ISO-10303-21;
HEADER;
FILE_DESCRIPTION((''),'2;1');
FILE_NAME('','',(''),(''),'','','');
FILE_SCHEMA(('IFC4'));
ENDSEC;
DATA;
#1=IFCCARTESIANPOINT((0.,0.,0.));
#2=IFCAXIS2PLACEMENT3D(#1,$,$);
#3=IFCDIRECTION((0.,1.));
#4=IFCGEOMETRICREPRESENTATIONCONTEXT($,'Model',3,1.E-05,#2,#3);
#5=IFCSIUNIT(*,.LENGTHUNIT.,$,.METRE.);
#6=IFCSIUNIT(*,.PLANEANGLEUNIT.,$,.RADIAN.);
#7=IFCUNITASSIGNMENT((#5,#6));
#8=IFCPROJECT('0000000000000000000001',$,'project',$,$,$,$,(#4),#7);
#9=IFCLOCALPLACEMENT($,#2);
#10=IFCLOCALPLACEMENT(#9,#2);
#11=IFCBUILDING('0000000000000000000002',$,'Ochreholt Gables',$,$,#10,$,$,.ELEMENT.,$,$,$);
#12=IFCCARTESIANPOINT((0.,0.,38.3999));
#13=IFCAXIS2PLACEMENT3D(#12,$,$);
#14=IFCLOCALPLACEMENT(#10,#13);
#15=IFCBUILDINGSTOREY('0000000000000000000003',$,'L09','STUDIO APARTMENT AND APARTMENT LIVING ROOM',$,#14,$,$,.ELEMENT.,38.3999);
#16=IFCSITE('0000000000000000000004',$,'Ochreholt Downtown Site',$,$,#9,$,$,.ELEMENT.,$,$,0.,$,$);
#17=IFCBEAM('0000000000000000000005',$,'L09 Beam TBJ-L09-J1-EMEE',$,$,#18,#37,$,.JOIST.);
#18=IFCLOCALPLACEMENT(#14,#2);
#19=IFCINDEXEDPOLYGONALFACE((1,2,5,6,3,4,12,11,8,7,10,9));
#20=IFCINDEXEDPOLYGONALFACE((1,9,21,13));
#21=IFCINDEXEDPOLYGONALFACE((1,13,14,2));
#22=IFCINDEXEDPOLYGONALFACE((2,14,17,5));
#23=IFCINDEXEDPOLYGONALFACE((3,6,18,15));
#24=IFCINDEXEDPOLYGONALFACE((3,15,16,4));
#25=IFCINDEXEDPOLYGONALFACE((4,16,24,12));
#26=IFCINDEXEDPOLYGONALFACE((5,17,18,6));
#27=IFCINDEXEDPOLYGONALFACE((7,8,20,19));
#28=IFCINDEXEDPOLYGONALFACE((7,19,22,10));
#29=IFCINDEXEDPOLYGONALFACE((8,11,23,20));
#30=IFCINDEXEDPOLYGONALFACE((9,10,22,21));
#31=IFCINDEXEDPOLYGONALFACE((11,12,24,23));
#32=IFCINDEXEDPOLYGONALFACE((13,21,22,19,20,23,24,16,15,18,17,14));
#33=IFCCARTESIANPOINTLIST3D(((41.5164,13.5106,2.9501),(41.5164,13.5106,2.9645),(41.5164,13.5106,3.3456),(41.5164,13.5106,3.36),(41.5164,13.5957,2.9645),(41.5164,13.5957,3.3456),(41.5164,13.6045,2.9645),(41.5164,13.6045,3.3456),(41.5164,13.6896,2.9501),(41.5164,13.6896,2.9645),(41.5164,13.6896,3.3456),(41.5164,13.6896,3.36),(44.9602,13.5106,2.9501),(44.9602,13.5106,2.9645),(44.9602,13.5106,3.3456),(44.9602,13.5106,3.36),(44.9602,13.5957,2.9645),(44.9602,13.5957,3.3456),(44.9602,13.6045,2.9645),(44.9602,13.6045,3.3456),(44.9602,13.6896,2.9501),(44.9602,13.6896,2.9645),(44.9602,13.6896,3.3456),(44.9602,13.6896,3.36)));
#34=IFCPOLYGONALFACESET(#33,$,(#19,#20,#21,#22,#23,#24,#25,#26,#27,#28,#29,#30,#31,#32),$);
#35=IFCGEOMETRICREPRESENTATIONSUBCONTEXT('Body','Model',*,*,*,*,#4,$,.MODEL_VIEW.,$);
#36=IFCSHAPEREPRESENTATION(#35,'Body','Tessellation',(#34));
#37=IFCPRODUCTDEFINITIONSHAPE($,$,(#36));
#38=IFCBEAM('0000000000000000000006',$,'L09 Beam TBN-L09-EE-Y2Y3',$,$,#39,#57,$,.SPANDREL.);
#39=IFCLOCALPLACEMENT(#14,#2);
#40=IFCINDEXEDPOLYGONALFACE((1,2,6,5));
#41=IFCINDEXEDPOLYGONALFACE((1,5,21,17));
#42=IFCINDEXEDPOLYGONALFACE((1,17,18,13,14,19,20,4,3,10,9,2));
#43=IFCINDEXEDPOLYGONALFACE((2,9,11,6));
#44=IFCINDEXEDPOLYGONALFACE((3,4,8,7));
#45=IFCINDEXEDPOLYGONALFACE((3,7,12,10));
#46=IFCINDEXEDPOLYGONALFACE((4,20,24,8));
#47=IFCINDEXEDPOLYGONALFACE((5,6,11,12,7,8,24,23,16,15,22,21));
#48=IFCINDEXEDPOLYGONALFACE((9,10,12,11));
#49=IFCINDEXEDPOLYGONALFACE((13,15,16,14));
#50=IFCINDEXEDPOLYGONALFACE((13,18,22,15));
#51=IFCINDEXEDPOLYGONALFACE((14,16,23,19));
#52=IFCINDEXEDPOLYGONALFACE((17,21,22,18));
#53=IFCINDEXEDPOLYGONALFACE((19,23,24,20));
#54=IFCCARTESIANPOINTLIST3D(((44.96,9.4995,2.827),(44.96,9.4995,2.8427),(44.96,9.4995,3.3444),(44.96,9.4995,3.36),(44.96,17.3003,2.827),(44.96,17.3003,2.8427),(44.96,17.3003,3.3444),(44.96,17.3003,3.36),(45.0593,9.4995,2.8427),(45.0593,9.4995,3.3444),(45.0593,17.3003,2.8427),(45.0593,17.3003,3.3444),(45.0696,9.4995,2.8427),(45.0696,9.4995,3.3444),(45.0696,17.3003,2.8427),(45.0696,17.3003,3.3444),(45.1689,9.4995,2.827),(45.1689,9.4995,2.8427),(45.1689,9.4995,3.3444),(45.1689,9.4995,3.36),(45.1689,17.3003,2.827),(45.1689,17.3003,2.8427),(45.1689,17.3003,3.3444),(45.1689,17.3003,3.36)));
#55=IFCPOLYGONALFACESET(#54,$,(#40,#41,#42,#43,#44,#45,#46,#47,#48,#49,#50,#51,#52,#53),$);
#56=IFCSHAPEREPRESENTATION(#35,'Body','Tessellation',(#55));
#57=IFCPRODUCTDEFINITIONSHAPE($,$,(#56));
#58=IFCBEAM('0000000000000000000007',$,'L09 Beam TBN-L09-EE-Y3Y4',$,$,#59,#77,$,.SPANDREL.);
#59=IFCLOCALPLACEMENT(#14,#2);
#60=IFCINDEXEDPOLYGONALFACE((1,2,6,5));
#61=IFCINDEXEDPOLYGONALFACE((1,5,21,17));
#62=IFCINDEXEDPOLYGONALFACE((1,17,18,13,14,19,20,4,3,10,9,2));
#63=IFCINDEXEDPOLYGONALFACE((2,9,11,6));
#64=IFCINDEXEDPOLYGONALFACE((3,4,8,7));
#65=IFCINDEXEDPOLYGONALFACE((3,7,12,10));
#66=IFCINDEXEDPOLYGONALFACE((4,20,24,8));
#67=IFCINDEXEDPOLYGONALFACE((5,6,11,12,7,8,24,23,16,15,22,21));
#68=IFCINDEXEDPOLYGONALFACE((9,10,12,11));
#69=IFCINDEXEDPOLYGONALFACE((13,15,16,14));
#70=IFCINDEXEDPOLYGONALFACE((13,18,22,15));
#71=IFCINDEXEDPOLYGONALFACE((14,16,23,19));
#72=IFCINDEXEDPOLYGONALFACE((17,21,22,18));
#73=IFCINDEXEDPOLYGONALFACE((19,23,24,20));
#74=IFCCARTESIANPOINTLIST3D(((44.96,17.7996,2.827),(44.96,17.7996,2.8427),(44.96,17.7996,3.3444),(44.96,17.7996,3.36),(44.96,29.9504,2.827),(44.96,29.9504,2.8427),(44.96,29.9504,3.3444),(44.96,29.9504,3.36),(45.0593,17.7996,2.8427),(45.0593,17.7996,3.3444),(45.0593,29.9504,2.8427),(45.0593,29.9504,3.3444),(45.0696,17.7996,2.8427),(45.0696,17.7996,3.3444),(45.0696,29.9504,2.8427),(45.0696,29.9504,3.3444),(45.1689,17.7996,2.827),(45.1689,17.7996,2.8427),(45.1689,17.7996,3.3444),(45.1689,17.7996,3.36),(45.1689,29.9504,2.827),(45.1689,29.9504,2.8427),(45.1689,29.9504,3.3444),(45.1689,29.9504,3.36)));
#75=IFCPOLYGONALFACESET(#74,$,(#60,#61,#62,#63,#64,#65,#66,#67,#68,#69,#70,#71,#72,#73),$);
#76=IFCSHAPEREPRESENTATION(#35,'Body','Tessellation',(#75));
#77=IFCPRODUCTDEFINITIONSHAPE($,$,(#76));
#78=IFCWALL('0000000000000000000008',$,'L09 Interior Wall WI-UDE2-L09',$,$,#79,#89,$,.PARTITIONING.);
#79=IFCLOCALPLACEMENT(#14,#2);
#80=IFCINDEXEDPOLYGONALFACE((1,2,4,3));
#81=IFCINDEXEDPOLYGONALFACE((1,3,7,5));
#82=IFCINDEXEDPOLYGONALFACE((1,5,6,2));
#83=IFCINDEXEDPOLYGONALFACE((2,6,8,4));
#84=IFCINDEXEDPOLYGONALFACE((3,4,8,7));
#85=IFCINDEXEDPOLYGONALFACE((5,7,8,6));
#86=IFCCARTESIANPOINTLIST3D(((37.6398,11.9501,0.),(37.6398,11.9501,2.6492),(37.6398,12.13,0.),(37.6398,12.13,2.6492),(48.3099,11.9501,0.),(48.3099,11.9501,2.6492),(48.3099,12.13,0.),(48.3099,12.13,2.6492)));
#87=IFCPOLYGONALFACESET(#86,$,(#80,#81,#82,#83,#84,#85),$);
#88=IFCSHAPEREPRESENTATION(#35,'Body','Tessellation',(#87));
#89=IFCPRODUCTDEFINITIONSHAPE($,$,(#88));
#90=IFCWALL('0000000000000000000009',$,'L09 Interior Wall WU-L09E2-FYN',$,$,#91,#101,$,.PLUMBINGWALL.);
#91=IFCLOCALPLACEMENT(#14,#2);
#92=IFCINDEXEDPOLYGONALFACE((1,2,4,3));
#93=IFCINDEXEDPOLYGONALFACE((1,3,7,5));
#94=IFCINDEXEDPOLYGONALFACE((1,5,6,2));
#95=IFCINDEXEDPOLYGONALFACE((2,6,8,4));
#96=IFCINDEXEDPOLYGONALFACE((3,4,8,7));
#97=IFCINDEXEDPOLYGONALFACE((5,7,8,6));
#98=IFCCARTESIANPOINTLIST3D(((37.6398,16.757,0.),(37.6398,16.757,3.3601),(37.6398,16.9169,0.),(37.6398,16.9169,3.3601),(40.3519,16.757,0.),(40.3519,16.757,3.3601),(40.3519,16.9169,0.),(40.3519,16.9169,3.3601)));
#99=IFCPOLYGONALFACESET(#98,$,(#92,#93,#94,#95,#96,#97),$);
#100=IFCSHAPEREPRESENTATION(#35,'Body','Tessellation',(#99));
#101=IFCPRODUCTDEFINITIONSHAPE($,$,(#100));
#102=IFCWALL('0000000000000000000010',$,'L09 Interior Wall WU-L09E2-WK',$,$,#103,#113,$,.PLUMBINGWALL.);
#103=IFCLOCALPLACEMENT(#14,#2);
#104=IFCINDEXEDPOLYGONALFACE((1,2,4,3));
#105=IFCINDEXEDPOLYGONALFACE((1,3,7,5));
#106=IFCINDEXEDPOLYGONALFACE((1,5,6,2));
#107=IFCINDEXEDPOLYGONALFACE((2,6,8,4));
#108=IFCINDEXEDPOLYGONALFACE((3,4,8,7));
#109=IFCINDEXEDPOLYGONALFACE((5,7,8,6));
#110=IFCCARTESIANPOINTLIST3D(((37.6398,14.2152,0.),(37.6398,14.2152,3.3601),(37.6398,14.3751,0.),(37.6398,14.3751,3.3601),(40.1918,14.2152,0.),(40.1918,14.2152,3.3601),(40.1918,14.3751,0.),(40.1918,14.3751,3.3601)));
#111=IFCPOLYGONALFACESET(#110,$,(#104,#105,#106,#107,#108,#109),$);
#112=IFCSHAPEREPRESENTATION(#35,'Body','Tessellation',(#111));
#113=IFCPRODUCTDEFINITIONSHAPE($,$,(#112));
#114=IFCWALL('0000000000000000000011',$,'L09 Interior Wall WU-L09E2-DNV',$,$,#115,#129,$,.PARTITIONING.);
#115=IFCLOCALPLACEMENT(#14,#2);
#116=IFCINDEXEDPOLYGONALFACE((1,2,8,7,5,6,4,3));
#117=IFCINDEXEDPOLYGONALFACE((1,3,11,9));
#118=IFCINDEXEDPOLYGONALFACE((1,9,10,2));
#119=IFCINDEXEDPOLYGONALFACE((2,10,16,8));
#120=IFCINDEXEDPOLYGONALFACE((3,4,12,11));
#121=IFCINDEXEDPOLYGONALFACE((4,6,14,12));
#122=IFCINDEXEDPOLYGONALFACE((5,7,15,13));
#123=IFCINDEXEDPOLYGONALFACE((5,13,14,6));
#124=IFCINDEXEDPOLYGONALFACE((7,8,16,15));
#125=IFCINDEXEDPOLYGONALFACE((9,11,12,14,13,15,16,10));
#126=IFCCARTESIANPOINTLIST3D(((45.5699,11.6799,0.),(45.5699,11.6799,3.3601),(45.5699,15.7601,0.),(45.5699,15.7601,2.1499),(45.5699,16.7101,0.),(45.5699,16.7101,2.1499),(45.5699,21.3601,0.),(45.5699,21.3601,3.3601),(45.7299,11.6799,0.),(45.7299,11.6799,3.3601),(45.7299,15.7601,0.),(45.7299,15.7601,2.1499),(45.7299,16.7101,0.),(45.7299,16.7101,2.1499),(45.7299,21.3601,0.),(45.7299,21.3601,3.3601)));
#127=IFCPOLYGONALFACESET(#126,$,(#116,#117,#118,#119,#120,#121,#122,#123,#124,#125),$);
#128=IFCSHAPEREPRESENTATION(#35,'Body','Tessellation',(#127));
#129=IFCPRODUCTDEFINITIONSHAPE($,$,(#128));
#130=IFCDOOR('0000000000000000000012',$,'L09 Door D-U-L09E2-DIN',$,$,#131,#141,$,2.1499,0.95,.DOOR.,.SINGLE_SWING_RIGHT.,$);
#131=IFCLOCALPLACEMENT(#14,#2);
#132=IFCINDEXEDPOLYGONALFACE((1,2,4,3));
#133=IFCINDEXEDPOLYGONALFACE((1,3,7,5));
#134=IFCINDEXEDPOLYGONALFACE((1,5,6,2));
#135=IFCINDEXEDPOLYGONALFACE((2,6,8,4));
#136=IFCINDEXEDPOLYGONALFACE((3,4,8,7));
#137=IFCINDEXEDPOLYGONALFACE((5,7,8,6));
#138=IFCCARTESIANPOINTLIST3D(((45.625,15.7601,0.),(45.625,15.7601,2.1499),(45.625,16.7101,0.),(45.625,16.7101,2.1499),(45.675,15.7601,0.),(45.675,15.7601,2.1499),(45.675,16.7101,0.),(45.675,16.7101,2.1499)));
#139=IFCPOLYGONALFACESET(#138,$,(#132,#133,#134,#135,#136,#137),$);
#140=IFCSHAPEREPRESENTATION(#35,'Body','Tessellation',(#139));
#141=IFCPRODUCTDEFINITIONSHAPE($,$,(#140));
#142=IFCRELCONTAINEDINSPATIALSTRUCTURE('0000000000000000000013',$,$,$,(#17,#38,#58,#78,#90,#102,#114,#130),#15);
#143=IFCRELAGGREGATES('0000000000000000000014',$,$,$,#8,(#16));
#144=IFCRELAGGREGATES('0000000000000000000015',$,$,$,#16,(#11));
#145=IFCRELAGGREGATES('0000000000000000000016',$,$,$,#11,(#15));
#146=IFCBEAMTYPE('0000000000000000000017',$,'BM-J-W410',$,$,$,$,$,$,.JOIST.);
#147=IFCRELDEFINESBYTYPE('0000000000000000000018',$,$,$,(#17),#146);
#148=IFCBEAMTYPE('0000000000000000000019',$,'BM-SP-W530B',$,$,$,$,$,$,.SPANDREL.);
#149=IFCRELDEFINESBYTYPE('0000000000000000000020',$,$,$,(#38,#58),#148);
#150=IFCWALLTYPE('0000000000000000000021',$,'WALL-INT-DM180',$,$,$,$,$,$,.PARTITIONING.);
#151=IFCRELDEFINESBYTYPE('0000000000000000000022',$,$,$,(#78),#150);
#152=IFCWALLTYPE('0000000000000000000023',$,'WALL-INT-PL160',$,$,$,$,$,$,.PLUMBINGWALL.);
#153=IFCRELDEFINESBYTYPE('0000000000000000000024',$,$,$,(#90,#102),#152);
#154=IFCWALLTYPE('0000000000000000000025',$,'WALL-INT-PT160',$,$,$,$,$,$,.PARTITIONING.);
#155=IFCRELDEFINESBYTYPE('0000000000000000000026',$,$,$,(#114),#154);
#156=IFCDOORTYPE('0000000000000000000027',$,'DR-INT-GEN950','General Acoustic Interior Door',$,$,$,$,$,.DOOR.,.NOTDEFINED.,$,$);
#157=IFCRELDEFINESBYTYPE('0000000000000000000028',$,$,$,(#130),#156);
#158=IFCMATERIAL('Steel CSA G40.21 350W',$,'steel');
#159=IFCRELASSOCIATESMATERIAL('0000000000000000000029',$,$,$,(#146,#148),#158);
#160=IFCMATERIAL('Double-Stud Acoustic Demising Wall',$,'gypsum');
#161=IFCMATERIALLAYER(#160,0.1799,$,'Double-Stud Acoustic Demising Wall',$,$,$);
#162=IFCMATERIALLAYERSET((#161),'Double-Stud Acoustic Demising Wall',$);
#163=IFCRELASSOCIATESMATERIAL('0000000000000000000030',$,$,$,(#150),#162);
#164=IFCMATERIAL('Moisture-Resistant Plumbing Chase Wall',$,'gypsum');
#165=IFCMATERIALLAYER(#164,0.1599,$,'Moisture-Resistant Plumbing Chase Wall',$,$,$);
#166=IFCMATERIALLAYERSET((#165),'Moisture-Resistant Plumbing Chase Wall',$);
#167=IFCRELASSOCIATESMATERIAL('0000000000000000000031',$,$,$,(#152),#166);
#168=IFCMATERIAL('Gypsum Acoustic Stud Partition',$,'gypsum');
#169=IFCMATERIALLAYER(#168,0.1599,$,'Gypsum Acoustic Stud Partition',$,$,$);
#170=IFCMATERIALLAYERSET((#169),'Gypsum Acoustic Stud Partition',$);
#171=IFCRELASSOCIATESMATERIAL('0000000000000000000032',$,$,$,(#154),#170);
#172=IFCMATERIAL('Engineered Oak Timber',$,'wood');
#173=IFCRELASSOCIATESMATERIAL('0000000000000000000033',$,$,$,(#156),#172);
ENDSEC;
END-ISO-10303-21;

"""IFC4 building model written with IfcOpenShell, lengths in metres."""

from ifc_helpers import new_model, si_unit, direction, frame, frame_2d, origin, origin_2d, place, context, subcontext, project, spatial, rectangle, i_section, extrude, material, layer, layer_set, material_profile, profile_set, type_object, element, fill, save


model = new_model("IFC4")

# Units and contexts
model_context = context("Model", 3, precision=1e-05, world=origin(), true_north=direction((0.0, 1.0)))
body_context = subcontext(model_context, "Body", "Model", "MODEL_VIEW")
ifc_project = project(units=[si_unit("LENGTHUNIT", "METRE"), si_unit("PLANEANGLEUNIT", "RADIAN")], contexts=[model_context])

# Site, building, storey
site_placement = place(None, origin())
site = spatial("IfcSite", under=ifc_project, at=site_placement, Name="Ochreholt Downtown Site", CompositionType="ELEMENT", RefElevation=0.0)
building_placement = place(site_placement, origin())
building = spatial("IfcBuilding", under=site, at=building_placement, Name="Ochreholt Gables", CompositionType="ELEMENT")
storey_placement = place(building_placement, frame((0.0, 0.0, 38.3999)))
storey = spatial("IfcBuildingStorey", under=building, at=storey_placement, Name="L09", Description="STUDIO APARTMENT AND APARTMENT LIVING ROOM", CompositionType="ELEMENT", Elevation=38.3999)

# Shared definitions
ifc_material_1 = material(Name="Steel CSA G40.21 350W", Category="steel")

# Beams
ifc_material_profile_1 = material_profile(ifc_material_1, i_section(OverallWidth=0.179, OverallDepth=0.4099, WebThickness=0.0088, FlangeThickness=0.0144, at=origin_2d()), Name="W410X67")
ifc_profile_set_1 = profile_set([ifc_material_profile_1], Name="Steel CSA G40.21 350W")
beam_type_1 = type_object("IfcBeamType", Name="BM-J-W410", PredefinedType="JOIST", material=ifc_profile_set_1)
beam_1_placement = place(storey_placement, frame((41.5164, 13.6001, 3.155), z_axis=(1.0, 0.0, 0.0), x_axis=(0.0, 1.0, 0.0)))
element("IfcBeam", 1, at=beam_1_placement, inside=storey, type_object=beam_type_1, Name="L09 Beam TBJ-L09-J1-EMEE", PredefinedType="JOIST", context=body_context, shape_type="SweptSolid", body=[
    extrude(i_section(OverallWidth=0.179, OverallDepth=0.4099, WebThickness=0.0088, FlangeThickness=0.0144, at=origin_2d()), origin(), (0.0, 0.0, 1.0), 3.4438),
])
ifc_material_profile_2 = material_profile(ifc_material_1, i_section(OverallWidth=0.209, OverallDepth=0.533, WebThickness=0.0103, FlangeThickness=0.0156, at=origin_2d()), Name="W530X92")
ifc_profile_set_2 = profile_set([ifc_material_profile_2], Name="Steel CSA G40.21 350W")
beam_type_2 = type_object("IfcBeamType", Name="BM-SP-W530B", PredefinedType="SPANDREL", material=ifc_profile_set_2)
beam_2_placement = place(storey_placement, frame((45.0645, 9.4995, 3.0935), z_axis=(0.0, 1.0, 0.0), x_axis=(-1.0, 0.0, 0.0)))
element("IfcBeam", 2, at=beam_2_placement, inside=storey, type_object=beam_type_2, Name="L09 Beam TBN-L09-EE-Y2Y3", PredefinedType="SPANDREL", context=body_context, shape_type="SweptSolid", body=[
    extrude(i_section(OverallWidth=0.209, OverallDepth=0.533, WebThickness=0.0103, FlangeThickness=0.0156, at=origin_2d()), origin(), (0.0, 0.0, 1.0), 7.8008),
])
beam_3_placement = place(storey_placement, frame((45.0645, 17.7996, 3.0935), z_axis=(0.0, 1.0, 0.0), x_axis=(-1.0, 0.0, 0.0)))
element("IfcBeam", 3, at=beam_3_placement, inside=storey, type_object=beam_type_2, Name="L09 Beam TBN-L09-EE-Y3Y4", PredefinedType="SPANDREL", context=body_context, shape_type="SweptSolid", body=[
    extrude(i_section(OverallWidth=0.209, OverallDepth=0.533, WebThickness=0.0103, FlangeThickness=0.0156, at=origin_2d()), origin(), (0.0, 0.0, 1.0), 12.1509),
])

# Walls
ifc_material_2 = material(Name="Double-Stud Acoustic Demising Wall", Category="gypsum")
ifc_layer_1 = layer(ifc_material_2, 0.1799, Name="Double-Stud Acoustic Demising Wall")
ifc_layer_set_1 = layer_set([ifc_layer_1], Name="Double-Stud Acoustic Demising Wall")
wall_type_1 = type_object("IfcWallType", Name="WALL-INT-DM180", PredefinedType="PARTITIONING", material=ifc_layer_set_1)
wall_1_placement = place(storey_placement, frame((37.6399, 12.04, 0.0), z_axis=(0.0, 0.0, 1.0), x_axis=(1.0, 0.0, 0.0)))
element("IfcWall", 4, at=wall_1_placement, inside=storey, type_object=wall_type_1, Name="L09 Interior Wall WI-UDE2-L09", PredefinedType="PARTITIONING", context=body_context, shape_type="SweptSolid", body=[
    extrude(rectangle(XDim=10.6702, YDim=0.1799, at=frame_2d((5.335, 0.0))), origin(), (0.0, 0.0, 1.0), 2.6492),
])
ifc_material_3 = material(Name="Moisture-Resistant Plumbing Chase Wall", Category="gypsum")
ifc_layer_2 = layer(ifc_material_3, 0.1599, Name="Moisture-Resistant Plumbing Chase Wall")
ifc_layer_set_2 = layer_set([ifc_layer_2], Name="Moisture-Resistant Plumbing Chase Wall")
wall_type_2 = type_object("IfcWallType", Name="WALL-INT-PL160", PredefinedType="PLUMBINGWALL", material=ifc_layer_set_2)
wall_2_placement = place(storey_placement, frame((37.6399, 16.8369, 0.0), z_axis=(0.0, 0.0, 1.0), x_axis=(1.0, 0.0, 0.0)))
element("IfcWall", 5, at=wall_2_placement, inside=storey, type_object=wall_type_2, Name="L09 Interior Wall WU-L09E2-FYN", PredefinedType="PLUMBINGWALL", context=body_context, shape_type="SweptSolid", body=[
    extrude(rectangle(XDim=2.7122, YDim=0.1599, at=frame_2d((1.356, 0.0))), origin(), (0.0, 0.0, 1.0), 3.3601),
])

# Shared definitions
ifc_material_4 = material(Name="Engineered Oak Timber", Category="wood")

# Wall
wall_3_placement = place(storey_placement, frame((37.6399, 14.2952, 0.0), z_axis=(0.0, 0.0, 1.0), x_axis=(1.0, 0.0, 0.0)))
element("IfcWall", 6, at=wall_3_placement, inside=storey, type_object=wall_type_2, Name="L09 Interior Wall WU-L09E2-WK", PredefinedType="PLUMBINGWALL", context=body_context, shape_type="SweptSolid", body=[
    extrude(rectangle(XDim=2.552, YDim=0.1599, at=frame_2d((1.2759, 0.0))), origin(), (0.0, 0.0, 1.0), 3.3601),
])

# Wall, opening, door
ifc_material_5 = material(Name="Gypsum Acoustic Stud Partition", Category="gypsum")
ifc_layer_3 = layer(ifc_material_5, 0.1599, Name="Gypsum Acoustic Stud Partition")
ifc_layer_set_3 = layer_set([ifc_layer_3], Name="Gypsum Acoustic Stud Partition")
wall_type_3 = type_object("IfcWallType", Name="WALL-INT-PT160", PredefinedType="PARTITIONING", material=ifc_layer_set_3)
wall_4_placement = place(storey_placement, frame((45.6499, 11.6799, 0.0), z_axis=(0.0, 0.0, 1.0), x_axis=(0.0, 1.0, 0.0)))
wall_4 = element("IfcWall", 7, at=wall_4_placement, inside=storey, type_object=wall_type_3, Name="L09 Interior Wall WU-L09E2-DNV", PredefinedType="PARTITIONING", context=body_context, shape_type="SweptSolid", body=[
    extrude(rectangle(XDim=9.6802, YDim=0.1599, at=frame_2d((4.8401, 0.0))), origin(), (0.0, 0.0, 1.0), 3.3601),
])
opening_1_placement = place(wall_4_placement, frame((4.0801, 0.0, 0.0)))
opening_1 = element("IfcOpeningElement", 8, at=opening_1_placement, cuts=wall_4, PredefinedType="OPENING", context=body_context, shape_type="SweptSolid", body=[
    extrude(rectangle(XDim=0.95, YDim=2.1499, at=frame_2d((0.4751, 1.075))), frame((0.0, 0.0898, 0.0), z_axis=(0.0, -1.0, 0.0), x_axis=(1.0, 0.0, 0.0)), (0.0, 0.0, 1.0), 0.1799),
])
door_type_1 = type_object("IfcDoorType", Name="DR-INT-GEN950", Description="General Acoustic Interior Door", OperationType="NOTDEFINED", PredefinedType="DOOR", material=ifc_material_4)
door_1_placement = place(opening_1_placement, origin())
door_1 = element("IfcDoor", 9, at=door_1_placement, inside=storey, type_object=door_type_1, Name="L09 Door D-U-L09E2-DIN", OperationType="SINGLE_SWING_RIGHT", OverallHeight=2.1499, OverallWidth=0.95, PredefinedType="DOOR", context=body_context, shape_type="SweptSolid", body=[
    extrude(rectangle(XDim=0.95, YDim=2.1499, at=frame_2d((0.4751, 1.075))), frame((0.0, 0.0249, 0.0), z_axis=(0.0, -1.0, 0.0), x_axis=(1.0, 0.0, 0.0)), (0.0, 0.0, 1.0), 0.05),
])
fill(opening_1, door_1)

save(model, "model.ifc")
